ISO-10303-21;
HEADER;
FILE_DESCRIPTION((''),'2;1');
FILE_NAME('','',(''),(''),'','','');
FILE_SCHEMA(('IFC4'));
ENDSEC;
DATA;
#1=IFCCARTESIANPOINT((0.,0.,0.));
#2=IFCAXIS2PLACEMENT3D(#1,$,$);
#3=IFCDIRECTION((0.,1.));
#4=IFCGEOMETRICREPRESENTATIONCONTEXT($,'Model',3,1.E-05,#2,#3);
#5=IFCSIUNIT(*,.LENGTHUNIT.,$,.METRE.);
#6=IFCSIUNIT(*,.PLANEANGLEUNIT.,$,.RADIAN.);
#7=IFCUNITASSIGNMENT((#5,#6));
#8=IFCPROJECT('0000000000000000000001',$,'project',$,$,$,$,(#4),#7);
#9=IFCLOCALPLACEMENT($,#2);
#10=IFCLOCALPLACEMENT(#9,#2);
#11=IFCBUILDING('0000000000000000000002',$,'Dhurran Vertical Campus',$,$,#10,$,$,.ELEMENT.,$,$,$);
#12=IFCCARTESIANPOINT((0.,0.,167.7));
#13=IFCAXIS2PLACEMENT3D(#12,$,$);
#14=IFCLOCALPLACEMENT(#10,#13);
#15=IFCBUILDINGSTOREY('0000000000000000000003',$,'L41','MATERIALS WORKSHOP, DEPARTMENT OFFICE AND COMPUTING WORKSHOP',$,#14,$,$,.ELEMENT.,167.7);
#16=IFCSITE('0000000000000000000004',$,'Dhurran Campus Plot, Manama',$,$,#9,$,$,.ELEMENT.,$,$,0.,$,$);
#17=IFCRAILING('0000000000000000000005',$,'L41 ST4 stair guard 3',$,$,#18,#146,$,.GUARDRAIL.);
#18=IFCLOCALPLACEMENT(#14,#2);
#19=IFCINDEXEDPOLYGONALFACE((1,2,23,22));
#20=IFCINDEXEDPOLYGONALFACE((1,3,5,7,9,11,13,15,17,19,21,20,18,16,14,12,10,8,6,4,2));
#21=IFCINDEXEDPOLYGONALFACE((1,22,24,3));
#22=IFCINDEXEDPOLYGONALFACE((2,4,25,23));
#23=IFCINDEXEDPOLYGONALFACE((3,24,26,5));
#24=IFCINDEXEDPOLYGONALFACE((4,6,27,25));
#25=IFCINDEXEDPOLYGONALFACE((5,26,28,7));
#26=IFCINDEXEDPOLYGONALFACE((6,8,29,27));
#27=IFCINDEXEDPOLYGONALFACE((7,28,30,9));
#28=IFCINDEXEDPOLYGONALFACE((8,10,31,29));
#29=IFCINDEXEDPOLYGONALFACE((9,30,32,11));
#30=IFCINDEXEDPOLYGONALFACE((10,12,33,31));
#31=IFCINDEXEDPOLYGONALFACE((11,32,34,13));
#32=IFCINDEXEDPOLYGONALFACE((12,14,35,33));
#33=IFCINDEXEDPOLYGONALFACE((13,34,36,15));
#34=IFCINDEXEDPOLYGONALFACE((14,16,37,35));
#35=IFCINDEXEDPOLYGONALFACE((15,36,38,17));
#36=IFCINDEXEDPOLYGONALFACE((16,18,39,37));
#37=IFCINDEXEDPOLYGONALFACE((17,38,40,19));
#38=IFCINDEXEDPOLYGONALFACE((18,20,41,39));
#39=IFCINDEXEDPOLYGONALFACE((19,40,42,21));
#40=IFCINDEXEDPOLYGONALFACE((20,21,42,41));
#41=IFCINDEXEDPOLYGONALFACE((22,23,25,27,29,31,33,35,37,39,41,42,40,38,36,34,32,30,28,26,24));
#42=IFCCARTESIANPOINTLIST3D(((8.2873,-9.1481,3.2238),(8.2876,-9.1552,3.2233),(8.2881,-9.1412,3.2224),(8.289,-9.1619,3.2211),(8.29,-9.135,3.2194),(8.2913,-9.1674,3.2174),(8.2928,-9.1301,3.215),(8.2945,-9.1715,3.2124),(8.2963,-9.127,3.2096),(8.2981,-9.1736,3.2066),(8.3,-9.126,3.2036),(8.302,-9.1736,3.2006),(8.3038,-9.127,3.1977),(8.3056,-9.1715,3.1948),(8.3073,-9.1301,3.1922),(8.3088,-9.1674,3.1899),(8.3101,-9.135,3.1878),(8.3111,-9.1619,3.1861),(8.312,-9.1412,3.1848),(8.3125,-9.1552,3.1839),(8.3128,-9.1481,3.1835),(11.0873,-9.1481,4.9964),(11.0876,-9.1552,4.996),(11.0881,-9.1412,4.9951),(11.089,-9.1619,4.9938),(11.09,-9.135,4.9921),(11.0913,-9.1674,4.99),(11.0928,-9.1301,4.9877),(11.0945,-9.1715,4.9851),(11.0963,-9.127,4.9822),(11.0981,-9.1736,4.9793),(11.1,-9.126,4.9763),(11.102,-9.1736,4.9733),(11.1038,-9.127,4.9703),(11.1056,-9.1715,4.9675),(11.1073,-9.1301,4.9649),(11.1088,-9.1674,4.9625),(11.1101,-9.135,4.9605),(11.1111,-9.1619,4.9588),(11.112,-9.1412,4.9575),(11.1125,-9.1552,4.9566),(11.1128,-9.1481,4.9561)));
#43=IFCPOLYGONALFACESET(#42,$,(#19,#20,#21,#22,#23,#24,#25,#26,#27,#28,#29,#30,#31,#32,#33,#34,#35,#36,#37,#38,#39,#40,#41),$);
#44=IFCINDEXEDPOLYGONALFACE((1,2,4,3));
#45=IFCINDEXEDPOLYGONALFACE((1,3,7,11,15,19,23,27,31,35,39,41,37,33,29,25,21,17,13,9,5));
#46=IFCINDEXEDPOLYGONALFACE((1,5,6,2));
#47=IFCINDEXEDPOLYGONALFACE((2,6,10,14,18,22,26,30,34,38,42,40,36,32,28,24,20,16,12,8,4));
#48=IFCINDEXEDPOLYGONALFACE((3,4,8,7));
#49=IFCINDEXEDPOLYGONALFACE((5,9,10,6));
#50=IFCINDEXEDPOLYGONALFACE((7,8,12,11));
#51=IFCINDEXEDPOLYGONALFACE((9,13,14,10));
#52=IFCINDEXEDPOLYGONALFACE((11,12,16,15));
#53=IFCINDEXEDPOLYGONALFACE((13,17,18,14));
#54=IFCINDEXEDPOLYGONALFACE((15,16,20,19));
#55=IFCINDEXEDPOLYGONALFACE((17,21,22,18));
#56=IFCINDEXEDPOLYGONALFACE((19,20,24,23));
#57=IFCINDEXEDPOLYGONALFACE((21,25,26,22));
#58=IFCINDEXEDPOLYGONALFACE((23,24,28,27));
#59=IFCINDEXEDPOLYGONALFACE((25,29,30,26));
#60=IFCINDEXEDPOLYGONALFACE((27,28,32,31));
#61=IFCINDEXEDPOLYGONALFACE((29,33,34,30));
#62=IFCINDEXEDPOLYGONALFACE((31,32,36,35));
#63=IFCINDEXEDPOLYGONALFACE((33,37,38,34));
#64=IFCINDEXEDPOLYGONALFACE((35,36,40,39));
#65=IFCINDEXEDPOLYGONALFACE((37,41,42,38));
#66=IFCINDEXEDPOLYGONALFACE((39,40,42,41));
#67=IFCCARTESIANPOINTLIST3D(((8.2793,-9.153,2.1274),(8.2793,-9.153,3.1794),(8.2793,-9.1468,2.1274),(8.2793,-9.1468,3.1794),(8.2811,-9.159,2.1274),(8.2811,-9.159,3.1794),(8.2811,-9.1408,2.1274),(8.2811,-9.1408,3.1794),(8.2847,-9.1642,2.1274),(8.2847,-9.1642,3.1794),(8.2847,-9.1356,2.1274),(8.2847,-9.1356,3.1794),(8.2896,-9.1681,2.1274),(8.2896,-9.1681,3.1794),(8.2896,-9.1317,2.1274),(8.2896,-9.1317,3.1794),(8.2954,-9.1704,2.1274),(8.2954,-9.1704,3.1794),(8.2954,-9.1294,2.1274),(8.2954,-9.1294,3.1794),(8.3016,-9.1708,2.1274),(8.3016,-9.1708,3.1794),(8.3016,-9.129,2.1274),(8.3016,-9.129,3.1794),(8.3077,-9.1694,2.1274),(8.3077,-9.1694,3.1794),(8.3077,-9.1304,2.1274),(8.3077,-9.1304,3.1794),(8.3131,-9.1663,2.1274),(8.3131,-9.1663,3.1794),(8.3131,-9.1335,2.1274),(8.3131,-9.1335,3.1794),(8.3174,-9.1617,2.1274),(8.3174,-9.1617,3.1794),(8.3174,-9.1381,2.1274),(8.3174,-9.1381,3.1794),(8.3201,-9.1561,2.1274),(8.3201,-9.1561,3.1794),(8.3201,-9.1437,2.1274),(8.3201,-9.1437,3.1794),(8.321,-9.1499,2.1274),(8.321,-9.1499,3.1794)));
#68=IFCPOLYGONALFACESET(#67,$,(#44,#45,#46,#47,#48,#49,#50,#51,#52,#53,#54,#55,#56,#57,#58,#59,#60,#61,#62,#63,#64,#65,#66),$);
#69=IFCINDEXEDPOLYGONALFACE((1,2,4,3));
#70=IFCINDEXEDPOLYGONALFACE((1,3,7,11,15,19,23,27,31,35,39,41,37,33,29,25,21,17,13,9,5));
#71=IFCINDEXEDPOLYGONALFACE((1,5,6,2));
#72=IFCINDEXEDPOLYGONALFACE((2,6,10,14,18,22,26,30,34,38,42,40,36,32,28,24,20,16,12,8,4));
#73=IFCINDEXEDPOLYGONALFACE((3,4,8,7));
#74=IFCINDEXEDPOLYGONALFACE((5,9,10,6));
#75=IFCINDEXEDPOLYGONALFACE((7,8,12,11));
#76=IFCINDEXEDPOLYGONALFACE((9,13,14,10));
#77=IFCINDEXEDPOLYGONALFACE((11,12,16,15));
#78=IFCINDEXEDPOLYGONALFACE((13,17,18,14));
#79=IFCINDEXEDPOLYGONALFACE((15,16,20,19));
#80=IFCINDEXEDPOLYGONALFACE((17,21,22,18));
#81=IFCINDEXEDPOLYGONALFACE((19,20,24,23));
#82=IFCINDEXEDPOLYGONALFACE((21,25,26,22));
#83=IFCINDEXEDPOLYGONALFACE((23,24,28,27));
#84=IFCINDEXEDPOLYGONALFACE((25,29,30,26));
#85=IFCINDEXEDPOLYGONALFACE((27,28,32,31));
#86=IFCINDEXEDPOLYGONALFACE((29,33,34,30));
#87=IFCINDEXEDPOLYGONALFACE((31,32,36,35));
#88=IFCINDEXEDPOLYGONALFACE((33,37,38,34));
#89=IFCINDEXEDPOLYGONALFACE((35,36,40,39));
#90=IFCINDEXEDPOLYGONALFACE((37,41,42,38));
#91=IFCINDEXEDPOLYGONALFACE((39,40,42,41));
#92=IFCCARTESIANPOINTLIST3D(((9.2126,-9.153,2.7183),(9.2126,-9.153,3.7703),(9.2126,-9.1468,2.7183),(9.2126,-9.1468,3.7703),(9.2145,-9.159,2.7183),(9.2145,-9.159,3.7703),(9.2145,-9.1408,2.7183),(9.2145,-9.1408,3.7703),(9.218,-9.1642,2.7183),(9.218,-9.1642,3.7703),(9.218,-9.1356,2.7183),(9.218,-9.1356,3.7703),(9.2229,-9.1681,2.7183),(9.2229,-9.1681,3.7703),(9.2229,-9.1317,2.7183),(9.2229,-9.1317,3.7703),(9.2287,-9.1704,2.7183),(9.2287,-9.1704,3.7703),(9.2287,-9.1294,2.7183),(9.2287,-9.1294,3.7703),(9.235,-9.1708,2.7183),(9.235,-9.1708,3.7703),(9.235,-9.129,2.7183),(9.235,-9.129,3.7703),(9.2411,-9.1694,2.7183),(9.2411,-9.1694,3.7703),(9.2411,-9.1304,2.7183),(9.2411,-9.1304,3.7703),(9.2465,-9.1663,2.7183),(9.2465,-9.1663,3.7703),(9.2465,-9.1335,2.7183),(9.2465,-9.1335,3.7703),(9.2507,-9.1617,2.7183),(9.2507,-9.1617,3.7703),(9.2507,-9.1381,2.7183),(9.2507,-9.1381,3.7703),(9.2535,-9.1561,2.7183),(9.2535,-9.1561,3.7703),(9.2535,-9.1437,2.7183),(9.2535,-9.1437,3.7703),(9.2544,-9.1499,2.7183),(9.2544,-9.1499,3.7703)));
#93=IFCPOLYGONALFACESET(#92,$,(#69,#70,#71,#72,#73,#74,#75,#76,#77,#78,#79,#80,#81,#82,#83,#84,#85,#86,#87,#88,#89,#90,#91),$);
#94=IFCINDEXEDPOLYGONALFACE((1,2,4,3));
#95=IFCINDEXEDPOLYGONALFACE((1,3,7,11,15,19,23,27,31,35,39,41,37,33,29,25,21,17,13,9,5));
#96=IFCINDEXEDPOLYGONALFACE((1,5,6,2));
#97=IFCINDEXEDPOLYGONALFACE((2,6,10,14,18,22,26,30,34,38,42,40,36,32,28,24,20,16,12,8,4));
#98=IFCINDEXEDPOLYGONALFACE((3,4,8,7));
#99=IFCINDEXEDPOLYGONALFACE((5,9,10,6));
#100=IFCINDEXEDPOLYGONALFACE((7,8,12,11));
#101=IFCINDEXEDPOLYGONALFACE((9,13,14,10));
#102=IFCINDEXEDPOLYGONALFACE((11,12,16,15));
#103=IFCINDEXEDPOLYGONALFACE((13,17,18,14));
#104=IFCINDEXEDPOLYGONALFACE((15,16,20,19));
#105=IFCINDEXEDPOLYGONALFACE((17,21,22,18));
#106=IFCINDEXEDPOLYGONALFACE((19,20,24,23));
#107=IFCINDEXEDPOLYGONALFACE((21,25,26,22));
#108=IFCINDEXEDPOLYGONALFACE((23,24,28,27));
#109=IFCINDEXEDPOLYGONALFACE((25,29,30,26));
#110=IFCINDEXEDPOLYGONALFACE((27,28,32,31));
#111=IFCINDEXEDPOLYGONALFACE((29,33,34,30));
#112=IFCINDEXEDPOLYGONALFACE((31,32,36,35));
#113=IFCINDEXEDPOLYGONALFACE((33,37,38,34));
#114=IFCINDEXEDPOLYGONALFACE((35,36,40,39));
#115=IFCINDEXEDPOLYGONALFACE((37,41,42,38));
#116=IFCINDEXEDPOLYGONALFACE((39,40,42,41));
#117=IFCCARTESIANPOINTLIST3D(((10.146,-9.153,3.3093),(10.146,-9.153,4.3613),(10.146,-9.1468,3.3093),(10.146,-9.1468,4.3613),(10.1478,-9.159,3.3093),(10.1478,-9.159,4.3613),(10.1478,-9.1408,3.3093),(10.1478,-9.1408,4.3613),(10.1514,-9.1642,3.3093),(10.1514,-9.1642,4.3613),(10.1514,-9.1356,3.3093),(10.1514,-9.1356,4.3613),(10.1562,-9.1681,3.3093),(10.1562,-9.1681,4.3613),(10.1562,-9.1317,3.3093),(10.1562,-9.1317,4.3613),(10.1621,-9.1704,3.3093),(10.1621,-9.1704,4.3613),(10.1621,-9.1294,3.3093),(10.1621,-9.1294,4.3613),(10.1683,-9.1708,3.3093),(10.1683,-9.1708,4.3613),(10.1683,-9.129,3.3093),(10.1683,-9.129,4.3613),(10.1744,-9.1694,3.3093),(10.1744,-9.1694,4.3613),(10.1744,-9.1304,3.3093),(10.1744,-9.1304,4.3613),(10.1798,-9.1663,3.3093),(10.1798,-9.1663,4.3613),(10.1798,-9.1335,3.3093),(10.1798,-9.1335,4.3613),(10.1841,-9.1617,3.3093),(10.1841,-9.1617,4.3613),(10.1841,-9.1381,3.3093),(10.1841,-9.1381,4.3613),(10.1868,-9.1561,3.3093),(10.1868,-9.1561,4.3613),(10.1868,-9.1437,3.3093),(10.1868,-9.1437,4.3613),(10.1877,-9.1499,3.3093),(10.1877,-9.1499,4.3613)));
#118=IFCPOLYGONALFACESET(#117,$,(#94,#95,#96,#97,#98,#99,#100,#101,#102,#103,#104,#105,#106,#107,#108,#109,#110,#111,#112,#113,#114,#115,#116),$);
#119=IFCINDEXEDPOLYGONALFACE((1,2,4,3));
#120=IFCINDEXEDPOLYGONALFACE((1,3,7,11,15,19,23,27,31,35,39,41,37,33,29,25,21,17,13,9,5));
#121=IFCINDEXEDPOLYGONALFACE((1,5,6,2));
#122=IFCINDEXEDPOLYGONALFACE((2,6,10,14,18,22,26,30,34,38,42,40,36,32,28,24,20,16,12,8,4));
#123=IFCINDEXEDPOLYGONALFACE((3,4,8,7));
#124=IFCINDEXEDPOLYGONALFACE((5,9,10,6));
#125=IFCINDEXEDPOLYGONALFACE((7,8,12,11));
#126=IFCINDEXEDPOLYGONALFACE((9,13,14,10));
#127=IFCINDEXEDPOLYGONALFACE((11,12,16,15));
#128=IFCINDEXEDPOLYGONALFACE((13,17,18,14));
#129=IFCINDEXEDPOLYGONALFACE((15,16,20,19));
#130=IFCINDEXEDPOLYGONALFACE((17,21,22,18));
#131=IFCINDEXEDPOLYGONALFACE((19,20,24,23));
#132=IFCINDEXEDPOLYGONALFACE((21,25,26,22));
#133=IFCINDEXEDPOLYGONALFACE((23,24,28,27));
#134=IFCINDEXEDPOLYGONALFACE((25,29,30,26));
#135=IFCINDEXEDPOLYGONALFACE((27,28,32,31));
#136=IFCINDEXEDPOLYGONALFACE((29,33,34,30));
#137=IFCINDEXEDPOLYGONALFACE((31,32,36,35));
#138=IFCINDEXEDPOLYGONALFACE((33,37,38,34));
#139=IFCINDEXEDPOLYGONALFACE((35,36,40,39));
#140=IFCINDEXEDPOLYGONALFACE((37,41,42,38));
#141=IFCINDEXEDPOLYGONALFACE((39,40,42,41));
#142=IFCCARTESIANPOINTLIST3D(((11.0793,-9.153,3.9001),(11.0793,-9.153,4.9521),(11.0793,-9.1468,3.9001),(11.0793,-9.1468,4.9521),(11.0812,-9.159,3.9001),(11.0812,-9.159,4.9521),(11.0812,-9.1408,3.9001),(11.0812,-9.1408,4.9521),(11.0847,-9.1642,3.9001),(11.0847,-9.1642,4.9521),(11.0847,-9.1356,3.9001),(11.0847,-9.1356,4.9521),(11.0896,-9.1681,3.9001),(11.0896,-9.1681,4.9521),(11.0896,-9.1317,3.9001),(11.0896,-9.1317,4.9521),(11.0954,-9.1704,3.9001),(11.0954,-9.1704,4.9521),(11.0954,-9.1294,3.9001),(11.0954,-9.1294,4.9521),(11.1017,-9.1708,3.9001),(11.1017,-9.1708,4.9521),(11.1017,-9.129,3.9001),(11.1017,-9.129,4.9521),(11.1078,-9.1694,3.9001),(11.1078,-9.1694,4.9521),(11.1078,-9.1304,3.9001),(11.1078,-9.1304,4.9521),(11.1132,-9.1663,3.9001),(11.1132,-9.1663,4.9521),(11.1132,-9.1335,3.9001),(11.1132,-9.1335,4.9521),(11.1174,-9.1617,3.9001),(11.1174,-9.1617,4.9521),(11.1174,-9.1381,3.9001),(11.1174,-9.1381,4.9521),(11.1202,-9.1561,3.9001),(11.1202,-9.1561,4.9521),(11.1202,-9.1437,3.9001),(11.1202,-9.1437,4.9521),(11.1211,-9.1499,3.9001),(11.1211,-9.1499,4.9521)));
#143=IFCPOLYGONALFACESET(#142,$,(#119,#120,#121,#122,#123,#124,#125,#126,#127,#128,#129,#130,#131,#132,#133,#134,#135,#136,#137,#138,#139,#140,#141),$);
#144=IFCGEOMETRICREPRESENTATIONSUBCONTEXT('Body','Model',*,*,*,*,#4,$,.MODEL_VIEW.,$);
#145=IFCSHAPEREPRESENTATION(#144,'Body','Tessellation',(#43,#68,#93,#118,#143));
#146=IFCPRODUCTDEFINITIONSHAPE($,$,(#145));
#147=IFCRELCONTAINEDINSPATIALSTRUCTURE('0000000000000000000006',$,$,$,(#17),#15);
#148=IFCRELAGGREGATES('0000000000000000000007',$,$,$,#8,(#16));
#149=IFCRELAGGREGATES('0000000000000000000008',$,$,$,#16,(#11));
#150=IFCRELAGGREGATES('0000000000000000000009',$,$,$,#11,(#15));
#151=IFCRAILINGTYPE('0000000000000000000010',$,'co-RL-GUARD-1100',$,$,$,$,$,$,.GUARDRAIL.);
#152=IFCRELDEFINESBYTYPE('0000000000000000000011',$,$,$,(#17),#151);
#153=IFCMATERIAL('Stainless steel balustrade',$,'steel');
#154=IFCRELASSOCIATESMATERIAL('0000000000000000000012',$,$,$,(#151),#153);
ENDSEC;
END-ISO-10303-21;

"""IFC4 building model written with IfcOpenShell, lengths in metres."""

from ifc_helpers import new_model, si_unit, direction, frame, origin, origin_2d, place, context, subcontext, project, spatial, circle, extrude, material, type_object, element, save


model = new_model("IFC4")

# Units and contexts
model_context = context("Model", 3, precision=1e-05, world=origin(), true_north=direction((0.0, 1.0)))
body_context = subcontext(model_context, "Body", "Model", "MODEL_VIEW")
ifc_project = project(units=[si_unit("LENGTHUNIT", "METRE"), si_unit("PLANEANGLEUNIT", "RADIAN")], contexts=[model_context])

# Site, building, storey
site_placement = place(None, origin())
site = spatial("IfcSite", under=ifc_project, at=site_placement, Name="Dhurran Campus Plot, Manama", CompositionType="ELEMENT", RefElevation=0.0)
building_placement = place(site_placement, origin())
building = spatial("IfcBuilding", under=site, at=building_placement, Name="Dhurran Vertical Campus", CompositionType="ELEMENT")
storey_placement = place(building_placement, frame((0.0, 0.0, 167.7)))
storey = spatial("IfcBuildingStorey", under=building, at=storey_placement, Name="L41", Description="MATERIALS WORKSHOP, DEPARTMENT OFFICE AND COMPUTING WORKSHOP", CompositionType="ELEMENT", Elevation=167.7)

# Railing
ifc_material_1 = material(Name="Stainless steel balustrade", Category="steel")
railing_type_1 = type_object("IfcRailingType", Name="co-RL-GUARD-1100", PredefinedType="GUARDRAIL", material=ifc_material_1)
railing_1_placement = place(storey_placement, frame((8.3, -9.1499, 2.1274)))
element("IfcRailing", 1, at=railing_1_placement, inside=storey, type_object=railing_type_1, Name="L41 ST4 stair guard 3", PredefinedType="GUARDRAIL", context=body_context, shape_type="SweptSolid", body=[
    extrude(circle(Radius=0.0239, at=origin_2d()), frame((0.0, 0.0, 1.0762), z_axis=(0.844909, 0.0, 0.53491), x_axis=(0.0, 1.0, 0.0)), (0.0, 0.0, 1.0), 3.314),
    extrude(circle(Radius=0.021, at=origin_2d()), origin(), (0.0, 0.0, 1.0), 1.052),
    extrude(circle(Radius=0.021, at=origin_2d()), frame((0.9333, 0.0, 0.5908)), (0.0, 0.0, 1.0), 1.052),
    extrude(circle(Radius=0.021, at=origin_2d()), frame((1.8667, 0.0, 1.1819)), (0.0, 0.0, 1.0), 1.052),
    extrude(circle(Radius=0.021, at=origin_2d()), frame((2.8, 0.0, 1.7727)), (0.0, 0.0, 1.0), 1.052),
])

save(model, "model.ifc")
